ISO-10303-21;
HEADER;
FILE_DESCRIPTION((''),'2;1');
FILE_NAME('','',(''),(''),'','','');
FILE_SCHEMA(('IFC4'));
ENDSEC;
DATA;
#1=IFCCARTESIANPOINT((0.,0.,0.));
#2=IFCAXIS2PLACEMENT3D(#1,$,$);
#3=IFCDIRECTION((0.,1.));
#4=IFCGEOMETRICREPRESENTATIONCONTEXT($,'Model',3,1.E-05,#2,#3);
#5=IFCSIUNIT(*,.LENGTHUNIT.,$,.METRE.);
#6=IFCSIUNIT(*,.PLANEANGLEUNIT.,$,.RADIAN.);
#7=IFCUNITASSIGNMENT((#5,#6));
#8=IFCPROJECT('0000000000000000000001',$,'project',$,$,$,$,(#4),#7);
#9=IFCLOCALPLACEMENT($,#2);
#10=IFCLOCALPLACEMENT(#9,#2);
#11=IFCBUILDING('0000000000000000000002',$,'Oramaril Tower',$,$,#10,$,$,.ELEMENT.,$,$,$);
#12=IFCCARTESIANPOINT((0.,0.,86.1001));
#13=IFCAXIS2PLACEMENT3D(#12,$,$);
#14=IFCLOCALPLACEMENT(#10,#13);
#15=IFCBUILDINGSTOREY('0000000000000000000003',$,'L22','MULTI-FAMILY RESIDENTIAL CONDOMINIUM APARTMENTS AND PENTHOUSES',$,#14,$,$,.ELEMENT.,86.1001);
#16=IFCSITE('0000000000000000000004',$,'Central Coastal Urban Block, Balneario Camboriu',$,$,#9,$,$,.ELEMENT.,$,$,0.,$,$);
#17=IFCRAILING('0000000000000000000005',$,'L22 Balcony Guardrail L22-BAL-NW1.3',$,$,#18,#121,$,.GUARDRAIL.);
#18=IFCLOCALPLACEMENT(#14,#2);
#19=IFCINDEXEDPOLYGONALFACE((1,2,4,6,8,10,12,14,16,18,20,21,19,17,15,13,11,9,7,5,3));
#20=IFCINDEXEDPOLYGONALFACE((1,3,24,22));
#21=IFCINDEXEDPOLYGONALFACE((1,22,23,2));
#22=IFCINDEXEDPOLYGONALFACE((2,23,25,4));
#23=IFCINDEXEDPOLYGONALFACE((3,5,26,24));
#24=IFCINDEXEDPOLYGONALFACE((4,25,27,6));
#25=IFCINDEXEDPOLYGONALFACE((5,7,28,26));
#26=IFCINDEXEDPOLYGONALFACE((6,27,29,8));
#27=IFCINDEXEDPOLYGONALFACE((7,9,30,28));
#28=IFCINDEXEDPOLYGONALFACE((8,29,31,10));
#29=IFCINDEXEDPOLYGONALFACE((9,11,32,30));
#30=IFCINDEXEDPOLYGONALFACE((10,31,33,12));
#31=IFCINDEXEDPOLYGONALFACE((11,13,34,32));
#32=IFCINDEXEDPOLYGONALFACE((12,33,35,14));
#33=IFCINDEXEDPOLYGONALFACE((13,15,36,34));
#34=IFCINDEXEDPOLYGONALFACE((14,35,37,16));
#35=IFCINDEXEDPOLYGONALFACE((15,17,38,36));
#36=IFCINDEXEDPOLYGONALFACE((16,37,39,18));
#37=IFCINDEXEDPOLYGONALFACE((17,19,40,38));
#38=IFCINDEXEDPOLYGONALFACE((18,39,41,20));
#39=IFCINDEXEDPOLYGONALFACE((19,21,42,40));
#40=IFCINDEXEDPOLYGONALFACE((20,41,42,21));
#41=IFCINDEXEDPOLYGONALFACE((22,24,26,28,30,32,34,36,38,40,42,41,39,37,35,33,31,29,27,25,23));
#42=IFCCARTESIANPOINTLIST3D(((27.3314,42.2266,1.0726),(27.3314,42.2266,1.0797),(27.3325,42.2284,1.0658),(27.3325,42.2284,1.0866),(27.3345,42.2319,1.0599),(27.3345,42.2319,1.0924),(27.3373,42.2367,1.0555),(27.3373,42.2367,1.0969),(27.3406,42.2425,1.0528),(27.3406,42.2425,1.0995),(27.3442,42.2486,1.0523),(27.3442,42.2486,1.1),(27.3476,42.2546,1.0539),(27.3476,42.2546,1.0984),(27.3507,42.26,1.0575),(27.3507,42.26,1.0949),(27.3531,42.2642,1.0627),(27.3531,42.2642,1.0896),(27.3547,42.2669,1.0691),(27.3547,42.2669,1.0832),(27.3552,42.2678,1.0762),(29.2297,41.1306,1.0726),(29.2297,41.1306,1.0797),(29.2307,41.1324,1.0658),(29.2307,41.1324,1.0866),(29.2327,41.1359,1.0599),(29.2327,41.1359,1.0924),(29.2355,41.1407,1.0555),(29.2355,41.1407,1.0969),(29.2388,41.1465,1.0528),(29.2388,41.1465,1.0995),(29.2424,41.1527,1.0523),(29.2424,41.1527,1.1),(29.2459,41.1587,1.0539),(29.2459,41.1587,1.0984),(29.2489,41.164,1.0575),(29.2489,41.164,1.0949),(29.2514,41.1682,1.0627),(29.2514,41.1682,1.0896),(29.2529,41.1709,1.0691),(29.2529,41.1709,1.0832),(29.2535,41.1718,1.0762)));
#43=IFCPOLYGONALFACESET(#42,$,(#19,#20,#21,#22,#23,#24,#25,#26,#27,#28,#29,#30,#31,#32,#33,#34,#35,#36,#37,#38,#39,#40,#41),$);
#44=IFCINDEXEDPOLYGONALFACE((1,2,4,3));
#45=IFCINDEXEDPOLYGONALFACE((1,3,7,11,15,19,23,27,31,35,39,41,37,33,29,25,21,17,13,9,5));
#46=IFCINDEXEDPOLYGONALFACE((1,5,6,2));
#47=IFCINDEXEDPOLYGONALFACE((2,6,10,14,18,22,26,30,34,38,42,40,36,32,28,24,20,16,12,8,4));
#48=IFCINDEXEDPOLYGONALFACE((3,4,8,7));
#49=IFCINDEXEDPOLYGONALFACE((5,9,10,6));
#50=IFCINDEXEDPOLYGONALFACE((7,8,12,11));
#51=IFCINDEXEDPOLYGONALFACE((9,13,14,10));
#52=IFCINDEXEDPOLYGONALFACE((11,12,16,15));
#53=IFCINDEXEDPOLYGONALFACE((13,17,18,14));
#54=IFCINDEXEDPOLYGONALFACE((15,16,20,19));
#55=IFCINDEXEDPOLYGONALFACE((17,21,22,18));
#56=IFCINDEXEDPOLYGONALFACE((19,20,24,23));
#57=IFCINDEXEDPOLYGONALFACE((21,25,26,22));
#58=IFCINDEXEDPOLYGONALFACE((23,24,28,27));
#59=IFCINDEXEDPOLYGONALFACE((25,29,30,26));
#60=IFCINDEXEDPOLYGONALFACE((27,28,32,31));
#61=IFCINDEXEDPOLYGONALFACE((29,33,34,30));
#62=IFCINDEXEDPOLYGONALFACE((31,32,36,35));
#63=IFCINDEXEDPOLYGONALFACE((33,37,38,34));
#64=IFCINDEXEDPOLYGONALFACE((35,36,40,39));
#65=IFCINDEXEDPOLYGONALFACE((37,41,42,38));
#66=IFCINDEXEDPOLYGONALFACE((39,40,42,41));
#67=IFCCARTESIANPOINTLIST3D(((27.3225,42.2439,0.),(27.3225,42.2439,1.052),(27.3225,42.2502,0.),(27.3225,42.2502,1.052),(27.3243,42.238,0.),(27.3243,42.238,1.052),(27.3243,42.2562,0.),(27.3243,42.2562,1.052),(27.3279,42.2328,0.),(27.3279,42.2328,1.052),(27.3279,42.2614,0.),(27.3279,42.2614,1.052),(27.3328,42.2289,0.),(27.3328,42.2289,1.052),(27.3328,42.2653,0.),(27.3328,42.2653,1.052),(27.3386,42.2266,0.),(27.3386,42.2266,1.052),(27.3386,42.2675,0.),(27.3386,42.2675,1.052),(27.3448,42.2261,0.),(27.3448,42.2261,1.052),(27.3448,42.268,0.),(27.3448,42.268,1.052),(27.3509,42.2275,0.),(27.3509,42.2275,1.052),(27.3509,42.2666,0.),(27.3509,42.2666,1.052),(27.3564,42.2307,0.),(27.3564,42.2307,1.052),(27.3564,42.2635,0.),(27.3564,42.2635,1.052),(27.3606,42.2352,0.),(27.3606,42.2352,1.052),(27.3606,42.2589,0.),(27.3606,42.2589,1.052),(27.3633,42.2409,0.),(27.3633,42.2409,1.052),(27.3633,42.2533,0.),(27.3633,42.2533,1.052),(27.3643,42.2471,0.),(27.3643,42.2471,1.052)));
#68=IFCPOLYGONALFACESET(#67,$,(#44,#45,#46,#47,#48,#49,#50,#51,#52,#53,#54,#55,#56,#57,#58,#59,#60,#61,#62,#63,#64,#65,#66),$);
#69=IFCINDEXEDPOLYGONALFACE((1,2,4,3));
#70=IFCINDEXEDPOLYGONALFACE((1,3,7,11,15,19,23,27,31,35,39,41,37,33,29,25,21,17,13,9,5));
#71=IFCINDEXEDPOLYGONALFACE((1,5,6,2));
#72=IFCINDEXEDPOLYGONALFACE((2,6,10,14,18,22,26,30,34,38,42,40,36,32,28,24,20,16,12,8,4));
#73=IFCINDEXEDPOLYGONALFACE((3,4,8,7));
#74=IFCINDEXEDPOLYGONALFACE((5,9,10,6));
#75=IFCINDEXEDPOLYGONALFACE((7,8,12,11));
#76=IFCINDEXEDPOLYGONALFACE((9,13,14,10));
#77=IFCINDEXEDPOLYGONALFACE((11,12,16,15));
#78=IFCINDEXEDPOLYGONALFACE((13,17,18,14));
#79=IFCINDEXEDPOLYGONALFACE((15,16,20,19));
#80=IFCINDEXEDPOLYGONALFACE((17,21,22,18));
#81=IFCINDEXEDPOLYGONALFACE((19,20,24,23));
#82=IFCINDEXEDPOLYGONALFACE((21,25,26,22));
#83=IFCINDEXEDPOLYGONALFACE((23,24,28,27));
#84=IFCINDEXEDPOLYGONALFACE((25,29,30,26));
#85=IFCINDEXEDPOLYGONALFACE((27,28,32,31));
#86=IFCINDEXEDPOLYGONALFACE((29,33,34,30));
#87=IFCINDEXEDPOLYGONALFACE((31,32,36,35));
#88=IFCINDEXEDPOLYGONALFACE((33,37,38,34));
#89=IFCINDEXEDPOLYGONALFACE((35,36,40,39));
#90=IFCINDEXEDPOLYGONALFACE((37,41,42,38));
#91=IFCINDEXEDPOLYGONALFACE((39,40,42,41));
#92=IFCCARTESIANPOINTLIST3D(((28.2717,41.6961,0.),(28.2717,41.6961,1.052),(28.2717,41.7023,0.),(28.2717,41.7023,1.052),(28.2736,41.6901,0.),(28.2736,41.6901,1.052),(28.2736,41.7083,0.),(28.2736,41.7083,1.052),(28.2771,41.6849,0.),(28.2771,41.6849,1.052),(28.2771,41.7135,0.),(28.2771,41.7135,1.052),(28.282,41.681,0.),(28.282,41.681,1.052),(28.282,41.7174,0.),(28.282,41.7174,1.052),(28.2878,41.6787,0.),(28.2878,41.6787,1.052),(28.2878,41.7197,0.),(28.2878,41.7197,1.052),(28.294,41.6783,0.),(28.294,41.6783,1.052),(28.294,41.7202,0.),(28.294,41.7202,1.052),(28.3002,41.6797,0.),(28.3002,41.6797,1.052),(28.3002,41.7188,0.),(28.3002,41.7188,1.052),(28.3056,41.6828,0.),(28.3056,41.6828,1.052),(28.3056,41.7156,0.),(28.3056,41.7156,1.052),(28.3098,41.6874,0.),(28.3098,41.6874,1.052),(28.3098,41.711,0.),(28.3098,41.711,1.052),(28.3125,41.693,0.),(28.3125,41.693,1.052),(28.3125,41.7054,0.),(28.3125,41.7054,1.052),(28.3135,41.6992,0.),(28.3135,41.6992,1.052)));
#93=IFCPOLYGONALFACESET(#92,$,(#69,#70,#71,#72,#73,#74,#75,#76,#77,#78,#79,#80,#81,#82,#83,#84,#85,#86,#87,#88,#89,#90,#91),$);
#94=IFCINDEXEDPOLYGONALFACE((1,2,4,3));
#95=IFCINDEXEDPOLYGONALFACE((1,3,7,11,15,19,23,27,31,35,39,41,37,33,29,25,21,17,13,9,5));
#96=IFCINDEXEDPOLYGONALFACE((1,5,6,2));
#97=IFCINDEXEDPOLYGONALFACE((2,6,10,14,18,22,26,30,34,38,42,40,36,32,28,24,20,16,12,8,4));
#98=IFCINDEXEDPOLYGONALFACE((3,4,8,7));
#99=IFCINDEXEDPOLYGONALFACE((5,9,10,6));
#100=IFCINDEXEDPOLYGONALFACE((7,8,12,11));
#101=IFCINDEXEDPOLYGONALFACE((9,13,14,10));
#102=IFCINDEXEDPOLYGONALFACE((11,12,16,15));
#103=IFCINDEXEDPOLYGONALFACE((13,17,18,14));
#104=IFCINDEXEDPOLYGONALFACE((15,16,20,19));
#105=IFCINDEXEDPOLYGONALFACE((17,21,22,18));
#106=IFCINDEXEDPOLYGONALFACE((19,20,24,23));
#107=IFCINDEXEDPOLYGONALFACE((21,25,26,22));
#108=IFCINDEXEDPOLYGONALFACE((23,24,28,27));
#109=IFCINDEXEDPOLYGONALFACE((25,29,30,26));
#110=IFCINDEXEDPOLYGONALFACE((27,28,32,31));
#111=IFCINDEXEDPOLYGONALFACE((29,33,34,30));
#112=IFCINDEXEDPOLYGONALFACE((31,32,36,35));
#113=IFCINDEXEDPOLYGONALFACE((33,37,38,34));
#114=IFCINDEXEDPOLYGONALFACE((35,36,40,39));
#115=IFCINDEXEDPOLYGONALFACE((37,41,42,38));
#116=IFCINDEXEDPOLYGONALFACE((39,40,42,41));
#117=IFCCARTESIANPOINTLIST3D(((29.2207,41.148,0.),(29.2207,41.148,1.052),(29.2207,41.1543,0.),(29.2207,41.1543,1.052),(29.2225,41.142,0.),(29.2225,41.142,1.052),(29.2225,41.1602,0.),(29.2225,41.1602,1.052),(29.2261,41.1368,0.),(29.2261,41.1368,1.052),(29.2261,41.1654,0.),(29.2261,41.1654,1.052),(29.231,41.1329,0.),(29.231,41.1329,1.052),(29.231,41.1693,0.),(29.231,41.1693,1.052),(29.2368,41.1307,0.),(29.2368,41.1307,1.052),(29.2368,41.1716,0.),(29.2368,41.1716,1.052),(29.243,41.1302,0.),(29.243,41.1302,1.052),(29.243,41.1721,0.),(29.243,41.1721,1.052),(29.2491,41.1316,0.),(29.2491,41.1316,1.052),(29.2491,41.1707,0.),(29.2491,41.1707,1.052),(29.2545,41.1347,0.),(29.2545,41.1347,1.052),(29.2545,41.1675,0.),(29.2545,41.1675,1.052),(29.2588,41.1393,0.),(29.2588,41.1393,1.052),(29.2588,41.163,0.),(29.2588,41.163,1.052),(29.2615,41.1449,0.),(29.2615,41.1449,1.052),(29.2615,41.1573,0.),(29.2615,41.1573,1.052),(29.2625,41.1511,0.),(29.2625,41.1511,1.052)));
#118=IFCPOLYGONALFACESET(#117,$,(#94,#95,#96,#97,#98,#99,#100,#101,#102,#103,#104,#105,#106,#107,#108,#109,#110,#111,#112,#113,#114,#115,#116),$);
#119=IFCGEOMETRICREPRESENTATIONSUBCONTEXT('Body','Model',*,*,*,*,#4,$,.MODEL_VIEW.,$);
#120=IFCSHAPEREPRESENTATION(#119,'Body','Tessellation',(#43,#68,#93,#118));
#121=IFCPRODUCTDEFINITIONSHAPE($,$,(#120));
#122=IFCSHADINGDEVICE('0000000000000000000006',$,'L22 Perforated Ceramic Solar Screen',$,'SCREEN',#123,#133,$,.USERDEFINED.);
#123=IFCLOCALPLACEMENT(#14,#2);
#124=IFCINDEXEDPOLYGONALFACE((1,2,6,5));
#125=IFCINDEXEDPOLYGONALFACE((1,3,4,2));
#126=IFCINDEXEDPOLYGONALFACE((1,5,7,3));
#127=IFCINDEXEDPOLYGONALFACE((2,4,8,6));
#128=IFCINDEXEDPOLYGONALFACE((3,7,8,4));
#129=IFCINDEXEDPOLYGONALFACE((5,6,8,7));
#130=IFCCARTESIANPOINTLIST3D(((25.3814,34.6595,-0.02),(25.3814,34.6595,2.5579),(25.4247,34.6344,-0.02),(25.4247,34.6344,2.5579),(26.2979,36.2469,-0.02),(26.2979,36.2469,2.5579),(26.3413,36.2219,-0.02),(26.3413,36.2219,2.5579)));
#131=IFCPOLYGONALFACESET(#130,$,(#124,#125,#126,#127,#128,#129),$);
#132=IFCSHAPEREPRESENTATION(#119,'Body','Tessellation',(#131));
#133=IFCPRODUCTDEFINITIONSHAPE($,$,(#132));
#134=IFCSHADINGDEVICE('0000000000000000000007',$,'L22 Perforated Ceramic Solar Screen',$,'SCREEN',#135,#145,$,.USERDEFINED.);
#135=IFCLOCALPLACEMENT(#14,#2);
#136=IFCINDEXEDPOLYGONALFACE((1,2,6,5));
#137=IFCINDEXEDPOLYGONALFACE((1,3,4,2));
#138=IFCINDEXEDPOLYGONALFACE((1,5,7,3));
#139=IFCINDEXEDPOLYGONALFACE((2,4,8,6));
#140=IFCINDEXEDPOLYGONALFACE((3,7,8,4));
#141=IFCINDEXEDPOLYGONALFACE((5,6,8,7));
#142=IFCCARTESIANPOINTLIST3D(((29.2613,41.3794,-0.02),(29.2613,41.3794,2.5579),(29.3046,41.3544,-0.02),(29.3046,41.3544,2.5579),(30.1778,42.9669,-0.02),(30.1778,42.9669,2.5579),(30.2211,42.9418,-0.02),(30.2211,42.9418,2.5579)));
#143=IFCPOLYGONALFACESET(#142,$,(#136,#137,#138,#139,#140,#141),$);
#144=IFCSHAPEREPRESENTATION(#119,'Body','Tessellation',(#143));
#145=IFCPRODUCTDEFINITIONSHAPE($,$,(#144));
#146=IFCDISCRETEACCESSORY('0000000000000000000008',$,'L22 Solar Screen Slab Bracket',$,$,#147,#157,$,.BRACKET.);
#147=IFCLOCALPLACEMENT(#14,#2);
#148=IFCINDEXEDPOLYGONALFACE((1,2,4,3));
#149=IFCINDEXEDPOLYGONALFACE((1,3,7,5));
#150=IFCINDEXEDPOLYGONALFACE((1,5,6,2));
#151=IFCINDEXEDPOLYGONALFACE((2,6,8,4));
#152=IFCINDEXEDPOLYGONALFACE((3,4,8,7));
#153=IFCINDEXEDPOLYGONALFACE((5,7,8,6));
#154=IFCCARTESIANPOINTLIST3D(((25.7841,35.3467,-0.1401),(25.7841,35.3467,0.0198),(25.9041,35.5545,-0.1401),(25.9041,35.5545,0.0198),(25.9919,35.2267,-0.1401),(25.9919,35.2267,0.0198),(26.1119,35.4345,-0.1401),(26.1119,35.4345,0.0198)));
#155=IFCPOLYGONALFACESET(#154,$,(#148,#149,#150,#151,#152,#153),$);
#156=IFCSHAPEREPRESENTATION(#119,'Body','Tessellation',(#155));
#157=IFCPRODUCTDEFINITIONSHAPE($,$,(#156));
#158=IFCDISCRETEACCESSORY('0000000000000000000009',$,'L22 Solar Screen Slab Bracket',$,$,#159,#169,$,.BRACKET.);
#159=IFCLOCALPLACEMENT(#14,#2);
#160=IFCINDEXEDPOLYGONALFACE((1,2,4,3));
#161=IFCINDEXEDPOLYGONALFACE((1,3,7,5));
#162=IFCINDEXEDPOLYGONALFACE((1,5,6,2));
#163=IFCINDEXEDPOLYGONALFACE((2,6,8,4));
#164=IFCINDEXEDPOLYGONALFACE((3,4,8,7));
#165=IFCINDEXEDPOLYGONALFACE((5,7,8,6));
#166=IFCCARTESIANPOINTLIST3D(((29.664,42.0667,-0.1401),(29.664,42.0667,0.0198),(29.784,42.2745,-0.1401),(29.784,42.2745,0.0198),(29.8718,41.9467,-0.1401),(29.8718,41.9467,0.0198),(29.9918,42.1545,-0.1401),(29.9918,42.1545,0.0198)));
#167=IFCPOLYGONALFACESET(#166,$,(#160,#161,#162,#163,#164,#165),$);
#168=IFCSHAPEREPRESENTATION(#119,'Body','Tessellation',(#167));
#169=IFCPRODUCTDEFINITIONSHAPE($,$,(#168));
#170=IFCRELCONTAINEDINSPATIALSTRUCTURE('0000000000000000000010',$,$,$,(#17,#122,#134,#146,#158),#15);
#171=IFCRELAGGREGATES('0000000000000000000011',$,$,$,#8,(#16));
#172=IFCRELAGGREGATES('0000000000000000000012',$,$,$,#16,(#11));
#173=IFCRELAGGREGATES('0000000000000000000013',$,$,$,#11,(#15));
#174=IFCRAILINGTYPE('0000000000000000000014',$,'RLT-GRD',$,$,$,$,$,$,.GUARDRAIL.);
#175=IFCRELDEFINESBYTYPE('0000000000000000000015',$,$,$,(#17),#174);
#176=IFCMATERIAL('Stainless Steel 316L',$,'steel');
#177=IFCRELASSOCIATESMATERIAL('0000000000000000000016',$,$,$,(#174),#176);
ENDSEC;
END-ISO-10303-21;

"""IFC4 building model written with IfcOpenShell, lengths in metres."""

from ifc_helpers import new_model, si_unit, direction, frame, origin, origin_2d, place, context, subcontext, project, spatial, rectangle, circle, extrude, material, type_object, element, save


model = new_model("IFC4")

# Units and contexts
model_context = context("Model", 3, precision=1e-05, world=origin(), true_north=direction((0.0, 1.0)))
body_context = subcontext(model_context, "Body", "Model", "MODEL_VIEW")
ifc_project = project(units=[si_unit("LENGTHUNIT", "METRE"), si_unit("PLANEANGLEUNIT", "RADIAN")], contexts=[model_context])

# Site, building, storey
site_placement = place(None, origin())
site = spatial("IfcSite", under=ifc_project, at=site_placement, Name="Central Coastal Urban Block, Balneario Camboriu", CompositionType="ELEMENT", RefElevation=0.0)
building_placement = place(site_placement, origin())
building = spatial("IfcBuilding", under=site, at=building_placement, Name="Oramaril Tower", CompositionType="ELEMENT")
storey_placement = place(building_placement, frame((0.0, 0.0, 86.1001)))
storey = spatial("IfcBuildingStorey", under=building, at=storey_placement, Name="L22", Description="MULTI-FAMILY RESIDENTIAL CONDOMINIUM APARTMENTS AND PENTHOUSES", CompositionType="ELEMENT", Elevation=86.1001)

# Railing
ifc_material_1 = material(Name="Stainless Steel 316L", Category="steel")
railing_type = type_object("IfcRailingType", Name="RLT-GRD", PredefinedType="GUARDRAIL", material=ifc_material_1)
railing_1_placement = place(storey_placement, frame((27.3433, 42.2471, 0.0)))
element("IfcRailing", 1, at=railing_1_placement, inside=storey, type_object=railing_type, Name="L22 Balcony Guardrail L22-BAL-NW1.3", PredefinedType="GUARDRAIL", context=body_context, shape_type="SweptSolid", body=[
    extrude(circle(Radius=0.0239, at=origin_2d()), frame((0.0, 0.0, 1.0762), z_axis=(0.866021, -0.500008, 0.0), x_axis=(0.500008, 0.866021, 0.0)), (0.0, 0.0, 1.0), 2.1919),
    extrude(circle(Radius=0.021, at=origin_2d()), origin(), (0.0, 0.0, 1.0), 1.052),
    extrude(circle(Radius=0.021, at=origin_2d()), frame((0.9492, -0.5479, 0.0)), (0.0, 0.0, 1.0), 1.052),
    extrude(circle(Radius=0.021, at=origin_2d()), frame((1.8982, -1.0959, 0.0)), (0.0, 0.0, 1.0), 1.052),
])

# Shading devices
for number, where, z_axis, x_axis, name in (
    (2, (25.8613, 35.4407, -0.02), (0.0, 0.0, 1.0), (-0.5, -0.866025, 0.0), "L22 Perforated Ceramic Solar Screen"),
    (3, (29.7412, 42.1606, -0.02), (0.0, 0.0, 1.0), (-0.5, -0.866025, 0.0), "L22 Perforated Ceramic Solar Screen"),
):
    element("IfcShadingDevice", number, at=place(storey_placement, frame(where, z_axis=z_axis, x_axis=x_axis)), inside=storey, Name=name, ObjectType="SCREEN", PredefinedType="USERDEFINED", context=body_context, shape_type="SweptSolid", body=[
        extrude(rectangle(XDim=1.833, YDim=0.05, at=origin_2d()), origin(), (0.0, 0.0, 1.0), 2.5779),
    ])

# Discrete accessories
for number, where, z_axis, x_axis, name in (
    (4, (25.948, 35.3906, -0.1401), (0.0, 0.0, 1.0), (-0.5, -0.866025, 0.0), "L22 Solar Screen Slab Bracket"),
    (5, (29.8279, 42.1106, -0.1401), (0.0, 0.0, 1.0), (-0.5, -0.866025, 0.0), "L22 Solar Screen Slab Bracket"),
):
    element("IfcDiscreteAccessory", number, at=place(storey_placement, frame(where, z_axis=z_axis, x_axis=x_axis)), inside=storey, Name=name, PredefinedType="BRACKET", context=body_context, shape_type="SweptSolid", body=[
        extrude(rectangle(XDim=0.24, YDim=0.24, at=origin_2d()), origin(), (0.0, 0.0, 1.0), 0.1599),
    ])

save(model, "model.ifc")
